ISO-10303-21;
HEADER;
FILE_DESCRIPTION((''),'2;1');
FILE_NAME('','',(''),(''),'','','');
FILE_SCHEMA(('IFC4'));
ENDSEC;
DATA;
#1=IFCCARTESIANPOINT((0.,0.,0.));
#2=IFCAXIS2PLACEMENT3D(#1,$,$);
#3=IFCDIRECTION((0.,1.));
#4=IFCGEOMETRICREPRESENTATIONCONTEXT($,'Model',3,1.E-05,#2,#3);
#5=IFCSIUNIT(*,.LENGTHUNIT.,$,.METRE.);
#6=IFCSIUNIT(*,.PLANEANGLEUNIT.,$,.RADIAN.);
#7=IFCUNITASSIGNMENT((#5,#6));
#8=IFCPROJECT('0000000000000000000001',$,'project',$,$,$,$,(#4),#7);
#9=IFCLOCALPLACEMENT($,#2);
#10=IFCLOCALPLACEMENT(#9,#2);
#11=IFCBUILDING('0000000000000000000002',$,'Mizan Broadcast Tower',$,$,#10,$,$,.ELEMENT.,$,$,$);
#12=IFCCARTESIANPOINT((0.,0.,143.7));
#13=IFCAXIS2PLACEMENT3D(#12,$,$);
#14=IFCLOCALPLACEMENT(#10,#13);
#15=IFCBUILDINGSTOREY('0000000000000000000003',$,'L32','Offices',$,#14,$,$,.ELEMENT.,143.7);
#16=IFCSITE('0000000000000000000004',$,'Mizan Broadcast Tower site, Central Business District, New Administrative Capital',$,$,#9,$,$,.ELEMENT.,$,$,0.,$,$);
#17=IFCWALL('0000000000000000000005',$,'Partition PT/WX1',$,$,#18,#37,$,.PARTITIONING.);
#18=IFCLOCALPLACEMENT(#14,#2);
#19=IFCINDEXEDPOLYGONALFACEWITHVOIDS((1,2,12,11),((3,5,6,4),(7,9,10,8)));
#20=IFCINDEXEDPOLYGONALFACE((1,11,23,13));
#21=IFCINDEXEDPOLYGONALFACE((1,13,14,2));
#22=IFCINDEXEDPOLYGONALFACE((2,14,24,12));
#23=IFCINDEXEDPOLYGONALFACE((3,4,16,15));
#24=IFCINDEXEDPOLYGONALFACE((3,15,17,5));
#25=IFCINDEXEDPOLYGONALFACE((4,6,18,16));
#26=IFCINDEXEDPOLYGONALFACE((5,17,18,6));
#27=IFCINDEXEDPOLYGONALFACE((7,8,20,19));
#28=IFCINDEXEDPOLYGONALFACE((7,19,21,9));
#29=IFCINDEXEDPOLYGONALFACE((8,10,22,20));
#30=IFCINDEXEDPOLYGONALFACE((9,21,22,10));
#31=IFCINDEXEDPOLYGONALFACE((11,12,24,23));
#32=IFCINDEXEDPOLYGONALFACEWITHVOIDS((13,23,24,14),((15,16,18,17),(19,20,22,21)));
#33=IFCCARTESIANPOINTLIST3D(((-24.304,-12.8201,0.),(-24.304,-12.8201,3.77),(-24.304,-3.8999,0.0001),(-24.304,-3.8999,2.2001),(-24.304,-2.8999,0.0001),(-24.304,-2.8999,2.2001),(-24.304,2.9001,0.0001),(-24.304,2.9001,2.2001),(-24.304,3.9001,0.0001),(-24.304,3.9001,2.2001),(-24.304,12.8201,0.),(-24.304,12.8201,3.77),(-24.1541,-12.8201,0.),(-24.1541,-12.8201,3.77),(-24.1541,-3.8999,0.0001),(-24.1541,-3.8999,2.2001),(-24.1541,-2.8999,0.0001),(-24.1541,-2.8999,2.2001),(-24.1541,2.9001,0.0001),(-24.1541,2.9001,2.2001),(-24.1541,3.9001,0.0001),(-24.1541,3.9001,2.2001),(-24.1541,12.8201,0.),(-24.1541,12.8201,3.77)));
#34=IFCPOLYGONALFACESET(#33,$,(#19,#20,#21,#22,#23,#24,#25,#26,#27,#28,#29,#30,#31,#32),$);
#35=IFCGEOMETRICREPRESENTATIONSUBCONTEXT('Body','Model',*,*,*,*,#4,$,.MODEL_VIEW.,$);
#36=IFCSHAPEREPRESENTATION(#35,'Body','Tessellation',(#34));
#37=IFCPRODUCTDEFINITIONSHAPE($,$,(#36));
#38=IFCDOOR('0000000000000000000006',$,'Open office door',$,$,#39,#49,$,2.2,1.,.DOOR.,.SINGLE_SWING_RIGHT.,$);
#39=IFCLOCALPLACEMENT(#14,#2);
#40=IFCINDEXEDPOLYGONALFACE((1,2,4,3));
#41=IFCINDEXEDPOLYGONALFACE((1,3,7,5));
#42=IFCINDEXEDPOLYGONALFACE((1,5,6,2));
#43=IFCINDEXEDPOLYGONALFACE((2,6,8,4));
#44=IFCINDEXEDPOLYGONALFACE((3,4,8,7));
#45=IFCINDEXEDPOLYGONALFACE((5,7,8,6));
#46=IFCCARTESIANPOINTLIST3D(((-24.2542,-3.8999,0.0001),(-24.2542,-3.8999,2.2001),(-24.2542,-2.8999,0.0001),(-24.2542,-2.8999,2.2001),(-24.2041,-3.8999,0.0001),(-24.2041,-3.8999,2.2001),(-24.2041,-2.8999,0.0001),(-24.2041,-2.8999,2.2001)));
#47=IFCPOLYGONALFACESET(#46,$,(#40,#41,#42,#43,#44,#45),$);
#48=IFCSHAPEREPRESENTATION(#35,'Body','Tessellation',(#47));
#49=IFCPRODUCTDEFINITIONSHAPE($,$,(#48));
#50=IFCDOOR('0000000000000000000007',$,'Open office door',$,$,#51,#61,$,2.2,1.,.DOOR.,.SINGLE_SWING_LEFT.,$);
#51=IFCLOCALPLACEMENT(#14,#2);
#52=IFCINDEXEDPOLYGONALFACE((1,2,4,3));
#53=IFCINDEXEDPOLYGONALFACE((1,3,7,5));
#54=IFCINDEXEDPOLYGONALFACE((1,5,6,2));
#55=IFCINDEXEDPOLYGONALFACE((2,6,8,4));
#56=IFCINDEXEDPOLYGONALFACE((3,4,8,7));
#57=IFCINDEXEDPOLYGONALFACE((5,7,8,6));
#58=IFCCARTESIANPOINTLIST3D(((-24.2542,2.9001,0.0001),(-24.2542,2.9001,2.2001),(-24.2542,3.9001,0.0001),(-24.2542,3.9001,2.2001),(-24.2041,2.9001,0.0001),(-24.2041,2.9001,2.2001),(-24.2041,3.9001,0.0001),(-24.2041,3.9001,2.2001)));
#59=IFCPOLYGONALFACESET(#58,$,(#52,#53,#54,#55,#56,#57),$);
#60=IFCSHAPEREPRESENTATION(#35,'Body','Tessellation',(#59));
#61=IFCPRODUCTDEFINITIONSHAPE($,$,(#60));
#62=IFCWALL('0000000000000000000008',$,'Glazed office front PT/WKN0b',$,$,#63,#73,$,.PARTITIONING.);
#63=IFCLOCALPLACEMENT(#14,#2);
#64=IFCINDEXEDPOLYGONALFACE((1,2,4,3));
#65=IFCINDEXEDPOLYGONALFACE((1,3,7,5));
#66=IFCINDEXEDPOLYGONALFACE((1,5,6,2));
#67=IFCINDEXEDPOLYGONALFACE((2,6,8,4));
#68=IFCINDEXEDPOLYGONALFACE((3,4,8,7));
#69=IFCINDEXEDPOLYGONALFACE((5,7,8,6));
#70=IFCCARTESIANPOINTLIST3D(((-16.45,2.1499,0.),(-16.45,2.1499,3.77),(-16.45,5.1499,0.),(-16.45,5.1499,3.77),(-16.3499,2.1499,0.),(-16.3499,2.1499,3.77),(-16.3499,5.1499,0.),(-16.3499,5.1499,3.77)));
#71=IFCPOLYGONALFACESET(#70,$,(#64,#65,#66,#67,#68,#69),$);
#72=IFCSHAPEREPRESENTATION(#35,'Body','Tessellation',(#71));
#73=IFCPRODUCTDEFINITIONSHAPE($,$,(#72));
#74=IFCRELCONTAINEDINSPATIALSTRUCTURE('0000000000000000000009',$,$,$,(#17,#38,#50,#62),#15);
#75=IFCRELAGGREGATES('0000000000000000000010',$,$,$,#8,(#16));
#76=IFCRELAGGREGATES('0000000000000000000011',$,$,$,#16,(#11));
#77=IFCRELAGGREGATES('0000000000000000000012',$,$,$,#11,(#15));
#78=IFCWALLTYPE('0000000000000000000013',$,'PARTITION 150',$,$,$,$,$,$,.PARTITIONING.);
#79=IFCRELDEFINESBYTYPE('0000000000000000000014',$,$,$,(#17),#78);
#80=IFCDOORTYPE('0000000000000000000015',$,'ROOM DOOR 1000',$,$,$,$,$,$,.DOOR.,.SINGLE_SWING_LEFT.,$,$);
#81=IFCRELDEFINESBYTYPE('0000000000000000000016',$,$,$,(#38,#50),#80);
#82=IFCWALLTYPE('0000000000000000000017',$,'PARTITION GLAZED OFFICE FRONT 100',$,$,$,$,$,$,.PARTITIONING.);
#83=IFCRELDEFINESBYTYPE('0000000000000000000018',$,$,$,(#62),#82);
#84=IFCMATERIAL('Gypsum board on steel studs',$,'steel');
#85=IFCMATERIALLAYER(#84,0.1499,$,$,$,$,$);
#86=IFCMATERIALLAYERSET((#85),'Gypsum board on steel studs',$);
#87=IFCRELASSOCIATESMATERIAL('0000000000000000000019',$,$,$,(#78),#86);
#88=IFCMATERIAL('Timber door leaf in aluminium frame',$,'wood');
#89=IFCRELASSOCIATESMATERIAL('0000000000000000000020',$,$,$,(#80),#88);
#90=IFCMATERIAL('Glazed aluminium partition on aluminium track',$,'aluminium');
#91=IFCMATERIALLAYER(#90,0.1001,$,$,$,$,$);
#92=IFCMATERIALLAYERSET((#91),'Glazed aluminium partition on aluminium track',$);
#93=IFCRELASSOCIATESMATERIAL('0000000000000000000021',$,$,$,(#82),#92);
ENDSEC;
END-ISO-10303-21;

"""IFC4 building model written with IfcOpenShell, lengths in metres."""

from ifc_helpers import new_model, si_unit, direction, frame, frame_2d, origin, place, context, subcontext, project, spatial, rectangle, extrude, material, layer, layer_set, type_object, element, fill, save


model = new_model("IFC4")

# Units and contexts
model_context = context("Model", 3, precision=1e-05, world=origin(), true_north=direction((0.0, 1.0)))
body_context = subcontext(model_context, "Body", "Model", "MODEL_VIEW")
ifc_project = project(units=[si_unit("LENGTHUNIT", "METRE"), si_unit("PLANEANGLEUNIT", "RADIAN")], contexts=[model_context])

# Site, building, storey
site_placement = place(None, origin())
site = spatial("IfcSite", under=ifc_project, at=site_placement, Name="Mizan Broadcast Tower site, Central Business District, New Administrative Capital", CompositionType="ELEMENT", RefElevation=0.0)
building_placement = place(site_placement, origin())
building = spatial("IfcBuilding", under=site, at=building_placement, Name="Mizan Broadcast Tower", CompositionType="ELEMENT")
storey_placement = place(building_placement, frame((0.0, 0.0, 143.7)))
storey = spatial("IfcBuildingStorey", under=building, at=storey_placement, Name="L32", Description="Offices", CompositionType="ELEMENT", Elevation=143.7)

# Wall, openings, doors
ifc_material_1 = material(Name="Gypsum board on steel studs", Category="steel")
ifc_layer_1 = layer(ifc_material_1, 0.1499)
ifc_layer_set_1 = layer_set([ifc_layer_1], Name="Gypsum board on steel studs")
wall_type_1 = type_object("IfcWallType", Name="PARTITION 150", PredefinedType="PARTITIONING", material=ifc_layer_set_1)
wall_1_placement = place(storey_placement, frame((-24.229, 12.8201, 0.0), z_axis=(0.0, 0.0, 1.0), x_axis=(0.0, -1.0, 0.0)))
wall_1 = element("IfcWall", 1, at=wall_1_placement, inside=storey, type_object=wall_type_1, Name="Partition PT/WX1", PredefinedType="PARTITIONING", context=body_context, shape_type="SweptSolid", body=[
    extrude(rectangle(XDim=25.6401, YDim=0.1499, at=frame_2d((12.8201, 0.0))), origin(), (0.0, 0.0, 1.0), 3.77),
])
opening_1_placement = place(wall_1_placement, frame((15.72, 0.0, 0.0)))
opening_1 = element("IfcOpeningElement", 2, at=opening_1_placement, cuts=wall_1, PredefinedType="OPENING", context=body_context, shape_type="SweptSolid", body=[
    extrude(rectangle(XDim=1.0, YDim=2.2, at=frame_2d((0.5, 1.1001))), frame((0.0, 0.085, 0.0), z_axis=(0.0, -1.0, 0.0), x_axis=(1.0, 0.0, 0.0)), (0.0, 0.0, 1.0), 0.1699),
])
opening_2_placement = place(wall_1_placement, frame((8.9199, 0.0, 0.0)))
opening_2 = element("IfcOpeningElement", 3, at=opening_2_placement, cuts=wall_1, PredefinedType="OPENING", context=body_context, shape_type="SweptSolid", body=[
    extrude(rectangle(XDim=1.0, YDim=2.2, at=frame_2d((0.5, 1.1001))), frame((0.0, 0.085, 0.0), z_axis=(0.0, -1.0, 0.0), x_axis=(1.0, 0.0, 0.0)), (0.0, 0.0, 1.0), 0.1699),
])
ifc_material_2 = material(Name="Timber door leaf in aluminium frame", Category="wood")
door_type = type_object("IfcDoorType", Name="ROOM DOOR 1000", OperationType="SINGLE_SWING_LEFT", PredefinedType="DOOR", material=ifc_material_2)
door_1_placement = place(opening_1_placement, origin())
door_1 = element("IfcDoor", 4, at=door_1_placement, inside=storey, type_object=door_type, Name="Open office door", OperationType="SINGLE_SWING_RIGHT", OverallHeight=2.2, OverallWidth=1.0, PredefinedType="DOOR", context=body_context, shape_type="SweptSolid", body=[
    extrude(rectangle(XDim=1.0, YDim=2.2, at=frame_2d((0.5, 1.1001))), frame((0.0, 0.0249, 0.0), z_axis=(0.0, -1.0, 0.0), x_axis=(1.0, 0.0, 0.0)), (0.0, 0.0, 1.0), 0.05),
])
fill(opening_1, door_1)
door_2_placement = place(opening_2_placement, origin())
door_2 = element("IfcDoor", 5, at=door_2_placement, inside=storey, type_object=door_type, Name="Open office door", OperationType="SINGLE_SWING_LEFT", OverallHeight=2.2, OverallWidth=1.0, PredefinedType="DOOR", context=body_context, shape_type="SweptSolid", body=[
    extrude(rectangle(XDim=1.0, YDim=2.2, at=frame_2d((0.5, 1.1001))), frame((0.0, 0.0249, 0.0), z_axis=(0.0, -1.0, 0.0), x_axis=(1.0, 0.0, 0.0)), (0.0, 0.0, 1.0), 0.05),
])
fill(opening_2, door_2)

# Wall
ifc_material_3 = material(Name="Glazed aluminium partition on aluminium track", Category="aluminium")
ifc_layer_2 = layer(ifc_material_3, 0.1001)
ifc_layer_set_2 = layer_set([ifc_layer_2], Name="Glazed aluminium partition on aluminium track")
wall_type_2 = type_object("IfcWallType", Name="PARTITION GLAZED OFFICE FRONT 100", PredefinedType="PARTITIONING", material=ifc_layer_set_2)
wall_2_placement = place(storey_placement, frame((-16.3999, 2.1499, 0.0), z_axis=(0.0, 0.0, 1.0), x_axis=(0.0, 1.0, 0.0)))
element("IfcWall", 6, at=wall_2_placement, inside=storey, type_object=wall_type_2, Name="Glazed office front PT/WKN0b", PredefinedType="PARTITIONING", context=body_context, shape_type="SweptSolid", body=[
    extrude(rectangle(XDim=3.0, YDim=0.1001, at=frame_2d((1.5, 0.0))), origin(), (0.0, 0.0, 1.0), 3.77),
])

save(model, "model.ifc")
